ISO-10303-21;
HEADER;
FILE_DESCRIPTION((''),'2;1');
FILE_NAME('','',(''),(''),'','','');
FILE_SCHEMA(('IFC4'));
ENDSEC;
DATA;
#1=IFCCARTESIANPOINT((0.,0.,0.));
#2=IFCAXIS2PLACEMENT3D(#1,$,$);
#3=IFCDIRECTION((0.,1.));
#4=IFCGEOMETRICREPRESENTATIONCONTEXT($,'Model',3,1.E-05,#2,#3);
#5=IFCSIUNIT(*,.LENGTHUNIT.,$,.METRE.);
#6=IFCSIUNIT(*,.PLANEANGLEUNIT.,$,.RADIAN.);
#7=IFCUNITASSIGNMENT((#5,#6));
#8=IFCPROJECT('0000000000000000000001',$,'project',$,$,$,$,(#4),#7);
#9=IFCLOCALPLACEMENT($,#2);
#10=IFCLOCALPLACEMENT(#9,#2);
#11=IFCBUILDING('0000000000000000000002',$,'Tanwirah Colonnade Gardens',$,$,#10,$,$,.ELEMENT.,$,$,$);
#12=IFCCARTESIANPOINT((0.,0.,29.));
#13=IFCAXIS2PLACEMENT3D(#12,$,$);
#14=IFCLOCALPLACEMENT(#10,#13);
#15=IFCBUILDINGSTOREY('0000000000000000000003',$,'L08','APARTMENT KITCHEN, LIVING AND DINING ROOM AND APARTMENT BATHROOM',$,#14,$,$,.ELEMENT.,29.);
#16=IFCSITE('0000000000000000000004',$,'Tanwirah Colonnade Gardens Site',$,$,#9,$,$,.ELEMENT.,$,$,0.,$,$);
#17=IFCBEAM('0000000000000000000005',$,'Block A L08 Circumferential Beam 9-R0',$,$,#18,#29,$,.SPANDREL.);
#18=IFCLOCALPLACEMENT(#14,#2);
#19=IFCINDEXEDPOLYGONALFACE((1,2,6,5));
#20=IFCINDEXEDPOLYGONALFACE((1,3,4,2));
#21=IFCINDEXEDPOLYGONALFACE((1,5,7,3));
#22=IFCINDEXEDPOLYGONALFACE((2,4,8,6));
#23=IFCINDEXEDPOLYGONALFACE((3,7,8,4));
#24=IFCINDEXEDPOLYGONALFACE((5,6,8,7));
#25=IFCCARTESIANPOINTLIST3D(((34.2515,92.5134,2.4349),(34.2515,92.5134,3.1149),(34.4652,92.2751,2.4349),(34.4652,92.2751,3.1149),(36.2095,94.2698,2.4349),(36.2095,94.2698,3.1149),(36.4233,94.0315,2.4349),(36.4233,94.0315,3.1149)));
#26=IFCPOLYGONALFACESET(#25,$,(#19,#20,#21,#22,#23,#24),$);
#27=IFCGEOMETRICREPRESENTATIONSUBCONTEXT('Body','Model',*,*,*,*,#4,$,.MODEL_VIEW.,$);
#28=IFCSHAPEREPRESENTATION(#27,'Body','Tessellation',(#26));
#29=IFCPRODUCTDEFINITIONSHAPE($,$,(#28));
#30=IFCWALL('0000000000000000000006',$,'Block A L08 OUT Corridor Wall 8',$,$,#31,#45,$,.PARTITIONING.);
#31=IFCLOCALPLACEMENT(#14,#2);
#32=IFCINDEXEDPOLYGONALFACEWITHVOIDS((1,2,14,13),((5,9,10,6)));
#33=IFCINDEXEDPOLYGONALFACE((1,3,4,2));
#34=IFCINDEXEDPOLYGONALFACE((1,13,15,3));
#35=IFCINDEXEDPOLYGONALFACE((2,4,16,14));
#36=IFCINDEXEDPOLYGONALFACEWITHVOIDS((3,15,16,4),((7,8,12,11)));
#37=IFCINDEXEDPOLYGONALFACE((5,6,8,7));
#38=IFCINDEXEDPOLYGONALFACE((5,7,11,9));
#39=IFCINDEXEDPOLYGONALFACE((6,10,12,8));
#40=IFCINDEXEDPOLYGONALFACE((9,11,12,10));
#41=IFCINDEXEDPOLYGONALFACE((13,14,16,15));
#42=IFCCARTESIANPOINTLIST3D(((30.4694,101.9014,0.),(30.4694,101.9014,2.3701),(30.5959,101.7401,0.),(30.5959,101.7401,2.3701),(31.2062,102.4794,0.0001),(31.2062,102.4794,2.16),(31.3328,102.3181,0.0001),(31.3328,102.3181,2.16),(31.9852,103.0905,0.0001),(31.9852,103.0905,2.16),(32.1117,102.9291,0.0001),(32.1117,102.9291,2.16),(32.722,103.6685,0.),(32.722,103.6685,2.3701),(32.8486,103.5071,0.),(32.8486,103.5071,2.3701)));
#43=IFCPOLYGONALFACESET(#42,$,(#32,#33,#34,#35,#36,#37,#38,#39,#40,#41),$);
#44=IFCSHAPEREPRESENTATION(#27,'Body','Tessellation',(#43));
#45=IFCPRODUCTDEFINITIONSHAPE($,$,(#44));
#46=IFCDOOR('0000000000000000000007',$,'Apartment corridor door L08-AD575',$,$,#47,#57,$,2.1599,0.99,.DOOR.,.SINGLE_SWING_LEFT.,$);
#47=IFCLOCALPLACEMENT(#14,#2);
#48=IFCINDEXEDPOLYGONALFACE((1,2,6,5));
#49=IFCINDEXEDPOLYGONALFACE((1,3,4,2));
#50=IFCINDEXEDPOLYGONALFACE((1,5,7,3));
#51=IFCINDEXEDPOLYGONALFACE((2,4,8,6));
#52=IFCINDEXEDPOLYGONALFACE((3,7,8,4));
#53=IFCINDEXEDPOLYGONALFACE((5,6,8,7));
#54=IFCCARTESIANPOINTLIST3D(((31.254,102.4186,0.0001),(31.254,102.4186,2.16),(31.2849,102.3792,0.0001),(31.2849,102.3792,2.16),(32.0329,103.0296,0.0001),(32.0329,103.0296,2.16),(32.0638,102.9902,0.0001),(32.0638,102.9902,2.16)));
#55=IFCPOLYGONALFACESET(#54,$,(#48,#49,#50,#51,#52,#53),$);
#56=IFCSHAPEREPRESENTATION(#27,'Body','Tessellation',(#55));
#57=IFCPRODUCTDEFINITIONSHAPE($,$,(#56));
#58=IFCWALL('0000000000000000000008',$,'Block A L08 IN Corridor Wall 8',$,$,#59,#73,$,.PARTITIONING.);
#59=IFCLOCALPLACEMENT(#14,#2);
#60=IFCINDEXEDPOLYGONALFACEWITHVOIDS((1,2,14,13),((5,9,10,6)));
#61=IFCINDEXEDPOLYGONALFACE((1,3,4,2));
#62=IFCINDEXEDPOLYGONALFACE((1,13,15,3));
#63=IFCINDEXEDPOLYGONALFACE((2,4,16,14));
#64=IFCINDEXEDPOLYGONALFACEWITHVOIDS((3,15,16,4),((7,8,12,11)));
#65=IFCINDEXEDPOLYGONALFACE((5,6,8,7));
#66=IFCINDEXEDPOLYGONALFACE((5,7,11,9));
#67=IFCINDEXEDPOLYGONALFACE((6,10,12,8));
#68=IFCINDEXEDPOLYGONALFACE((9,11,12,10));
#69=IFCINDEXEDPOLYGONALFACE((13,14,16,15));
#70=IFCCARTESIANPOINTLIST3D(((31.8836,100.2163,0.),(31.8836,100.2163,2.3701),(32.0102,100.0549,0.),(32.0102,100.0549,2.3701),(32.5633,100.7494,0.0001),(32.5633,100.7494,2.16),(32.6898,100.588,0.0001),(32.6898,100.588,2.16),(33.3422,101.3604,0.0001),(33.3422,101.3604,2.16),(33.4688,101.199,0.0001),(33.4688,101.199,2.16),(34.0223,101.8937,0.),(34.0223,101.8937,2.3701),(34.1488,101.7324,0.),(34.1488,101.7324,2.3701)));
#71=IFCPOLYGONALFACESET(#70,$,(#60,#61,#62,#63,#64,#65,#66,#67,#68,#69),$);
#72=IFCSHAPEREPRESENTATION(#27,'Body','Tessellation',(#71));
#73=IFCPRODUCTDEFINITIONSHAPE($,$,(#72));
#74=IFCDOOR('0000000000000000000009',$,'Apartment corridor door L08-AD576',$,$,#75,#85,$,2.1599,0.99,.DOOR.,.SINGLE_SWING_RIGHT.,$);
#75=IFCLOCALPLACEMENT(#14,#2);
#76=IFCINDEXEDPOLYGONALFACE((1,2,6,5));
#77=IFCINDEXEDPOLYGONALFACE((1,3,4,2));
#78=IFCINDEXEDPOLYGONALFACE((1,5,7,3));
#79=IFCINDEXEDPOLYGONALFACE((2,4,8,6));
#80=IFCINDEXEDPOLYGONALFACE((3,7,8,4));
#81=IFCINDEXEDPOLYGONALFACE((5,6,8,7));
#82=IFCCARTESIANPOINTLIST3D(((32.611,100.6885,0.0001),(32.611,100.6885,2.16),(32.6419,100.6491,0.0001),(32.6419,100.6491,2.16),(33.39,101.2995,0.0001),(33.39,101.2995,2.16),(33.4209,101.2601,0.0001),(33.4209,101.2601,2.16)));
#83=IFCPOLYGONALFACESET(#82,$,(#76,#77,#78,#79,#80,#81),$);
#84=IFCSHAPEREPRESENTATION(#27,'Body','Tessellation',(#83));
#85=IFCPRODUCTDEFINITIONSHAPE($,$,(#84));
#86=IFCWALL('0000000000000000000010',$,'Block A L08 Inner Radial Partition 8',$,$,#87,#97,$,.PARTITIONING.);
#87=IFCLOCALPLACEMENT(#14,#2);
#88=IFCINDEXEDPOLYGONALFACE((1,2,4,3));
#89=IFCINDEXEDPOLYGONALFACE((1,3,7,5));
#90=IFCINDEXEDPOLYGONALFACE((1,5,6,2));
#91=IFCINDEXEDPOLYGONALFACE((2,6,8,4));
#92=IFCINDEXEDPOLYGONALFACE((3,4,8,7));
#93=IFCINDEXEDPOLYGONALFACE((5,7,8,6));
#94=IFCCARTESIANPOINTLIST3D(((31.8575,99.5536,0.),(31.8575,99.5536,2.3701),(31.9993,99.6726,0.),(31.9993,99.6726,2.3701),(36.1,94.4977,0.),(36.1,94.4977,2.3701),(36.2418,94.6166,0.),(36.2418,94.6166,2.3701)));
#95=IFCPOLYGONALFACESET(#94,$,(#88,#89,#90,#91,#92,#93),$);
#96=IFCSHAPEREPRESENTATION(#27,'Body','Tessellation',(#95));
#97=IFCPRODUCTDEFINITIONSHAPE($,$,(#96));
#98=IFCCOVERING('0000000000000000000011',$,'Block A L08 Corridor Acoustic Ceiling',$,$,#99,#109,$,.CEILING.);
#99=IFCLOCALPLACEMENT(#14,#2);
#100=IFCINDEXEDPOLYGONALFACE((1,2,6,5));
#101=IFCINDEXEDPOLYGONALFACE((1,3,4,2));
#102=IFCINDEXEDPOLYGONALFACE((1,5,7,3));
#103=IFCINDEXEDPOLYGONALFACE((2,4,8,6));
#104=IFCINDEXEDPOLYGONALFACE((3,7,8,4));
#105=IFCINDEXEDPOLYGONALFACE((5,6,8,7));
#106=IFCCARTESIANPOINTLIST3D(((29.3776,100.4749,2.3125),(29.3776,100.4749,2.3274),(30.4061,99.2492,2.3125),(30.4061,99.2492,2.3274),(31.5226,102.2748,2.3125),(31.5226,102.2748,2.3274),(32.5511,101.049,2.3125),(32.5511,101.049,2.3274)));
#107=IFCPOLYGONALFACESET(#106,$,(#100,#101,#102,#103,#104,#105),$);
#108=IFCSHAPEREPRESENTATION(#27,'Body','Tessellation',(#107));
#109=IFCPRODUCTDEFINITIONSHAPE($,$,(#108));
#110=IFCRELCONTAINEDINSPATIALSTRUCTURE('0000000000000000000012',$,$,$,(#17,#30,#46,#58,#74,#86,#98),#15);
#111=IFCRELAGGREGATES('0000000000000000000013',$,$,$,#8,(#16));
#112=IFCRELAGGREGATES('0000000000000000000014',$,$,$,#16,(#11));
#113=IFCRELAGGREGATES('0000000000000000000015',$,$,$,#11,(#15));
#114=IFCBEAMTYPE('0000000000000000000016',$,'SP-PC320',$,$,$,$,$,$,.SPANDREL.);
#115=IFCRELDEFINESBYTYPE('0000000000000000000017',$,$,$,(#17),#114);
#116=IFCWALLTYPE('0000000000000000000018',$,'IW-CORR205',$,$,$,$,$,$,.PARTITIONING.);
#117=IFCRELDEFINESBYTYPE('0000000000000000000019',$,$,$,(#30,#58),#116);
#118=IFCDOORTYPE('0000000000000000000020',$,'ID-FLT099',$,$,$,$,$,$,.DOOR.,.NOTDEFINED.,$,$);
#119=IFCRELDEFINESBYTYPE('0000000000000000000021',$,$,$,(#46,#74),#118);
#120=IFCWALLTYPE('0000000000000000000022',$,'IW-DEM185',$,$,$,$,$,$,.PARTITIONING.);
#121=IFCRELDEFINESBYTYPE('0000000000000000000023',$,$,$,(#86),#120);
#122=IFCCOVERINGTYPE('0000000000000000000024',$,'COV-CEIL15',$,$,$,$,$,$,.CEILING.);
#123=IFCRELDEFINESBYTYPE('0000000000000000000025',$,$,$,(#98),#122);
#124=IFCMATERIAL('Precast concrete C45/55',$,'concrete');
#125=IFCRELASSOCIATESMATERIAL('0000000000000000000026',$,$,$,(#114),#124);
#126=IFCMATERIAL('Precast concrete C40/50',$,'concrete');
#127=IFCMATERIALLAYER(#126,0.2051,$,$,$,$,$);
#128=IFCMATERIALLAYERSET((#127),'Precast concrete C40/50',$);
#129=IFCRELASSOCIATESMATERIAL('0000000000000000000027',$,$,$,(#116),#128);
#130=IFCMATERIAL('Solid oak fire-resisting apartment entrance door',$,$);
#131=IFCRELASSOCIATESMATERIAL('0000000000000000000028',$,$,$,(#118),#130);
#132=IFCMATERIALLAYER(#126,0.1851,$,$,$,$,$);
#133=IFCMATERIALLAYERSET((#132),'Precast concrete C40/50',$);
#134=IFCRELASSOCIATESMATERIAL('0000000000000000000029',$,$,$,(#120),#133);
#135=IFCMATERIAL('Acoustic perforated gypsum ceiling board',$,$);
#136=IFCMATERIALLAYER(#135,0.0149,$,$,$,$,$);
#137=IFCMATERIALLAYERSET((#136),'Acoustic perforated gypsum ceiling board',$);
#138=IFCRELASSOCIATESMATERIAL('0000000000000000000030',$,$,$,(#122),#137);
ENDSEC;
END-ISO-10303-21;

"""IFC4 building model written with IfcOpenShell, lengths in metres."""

from ifc_helpers import new_model, si_unit, direction, frame, frame_2d, origin, origin_2d, place, context, subcontext, project, spatial, rectangle, extrude, material, layer, layer_set, material_profile, profile_set, type_object, element, fill, save


model = new_model("IFC4")

# Units and contexts
model_context = context("Model", 3, precision=1e-05, world=origin(), true_north=direction((0.0, 1.0)))
body_context = subcontext(model_context, "Body", "Model", "MODEL_VIEW")
ifc_project = project(units=[si_unit("LENGTHUNIT", "METRE"), si_unit("PLANEANGLEUNIT", "RADIAN")], contexts=[model_context])

# Site, building, storey
site_placement = place(None, origin())
site = spatial("IfcSite", under=ifc_project, at=site_placement, Name="Tanwirah Colonnade Gardens Site", CompositionType="ELEMENT", RefElevation=0.0)
building_placement = place(site_placement, origin())
building = spatial("IfcBuilding", under=site, at=building_placement, Name="Tanwirah Colonnade Gardens", CompositionType="ELEMENT")
storey_placement = place(building_placement, frame((0.0, 0.0, 29.0)))
storey = spatial("IfcBuildingStorey", under=building, at=storey_placement, Name="L08", Description="APARTMENT KITCHEN, LIVING AND DINING ROOM AND APARTMENT BATHROOM", CompositionType="ELEMENT", Elevation=29.0)

# Shared definitions
ifc_material_1 = material(Name="Precast concrete C40/50", Category="concrete")

# Shared definitions
ifc_material_2 = material(Name="Precast concrete C45/55", Category="concrete")

# Beam
ifc_material_profile_1 = material_profile(ifc_material_2, rectangle(XDim=0.3201, YDim=0.6799, at=origin_2d()), Name="PC-SP 320x680")
ifc_profile_set_1 = profile_set([ifc_material_profile_1], Name="Precast concrete C45/55")
beam_type_1 = type_object("IfcBeamType", Name="SP-PC320", PredefinedType="SPANDREL", material=ifc_profile_set_1)
beam_1_placement = place(storey_placement, frame((36.3164, 94.1506, 2.7749), z_axis=(-0.744401, -0.667733, 0.0), x_axis=(0.667733, -0.744401, 0.0)))
element("IfcBeam", 1, at=beam_1_placement, inside=storey, type_object=beam_type_1, Name="Block A L08 Circumferential Beam 9-R0", PredefinedType="SPANDREL", context=body_context, shape_type="SweptSolid", body=[
    extrude(rectangle(XDim=0.3201, YDim=0.6799, at=origin_2d()), origin(), (0.0, 0.0, 1.0), 2.6304),
])

# Walls, openings, doors
ifc_layer_1 = layer(ifc_material_1, 0.2051)
ifc_layer_set_1 = layer_set([ifc_layer_1], Name="Precast concrete C40/50")
wall_type_1 = type_object("IfcWallType", Name="IW-CORR205", PredefinedType="PARTITIONING", material=ifc_layer_set_1)
ifc_material_3 = material(Name="Solid oak fire-resisting apartment entrance door")
wall_1_placement = place(storey_placement, frame((32.7854, 103.5879, 0.0), z_axis=(0.0, 0.0, 1.0), x_axis=(-0.786806, -0.6172, 0.0)))
wall_1 = element("IfcWall", 2, at=wall_1_placement, inside=storey, type_object=wall_type_1, Name="Block A L08 OUT Corridor Wall 8", PredefinedType="PARTITIONING", context=body_context, shape_type="SweptSolid", body=[
    extrude(rectangle(XDim=2.863, YDim=0.2051, at=frame_2d((1.4316, 0.0))), origin(), (0.0, 0.0, 1.0), 2.3701),
])
opening_1_placement = place(wall_1_placement, frame((0.9365, 0.0, 0.0)))
opening_1 = element("IfcOpeningElement", 3, at=opening_1_placement, cuts=wall_1, PredefinedType="OPENING", context=body_context, shape_type="SweptSolid", body=[
    extrude(rectangle(XDim=0.99, YDim=2.1599, at=frame_2d((0.4951, 1.0801))), frame((0.0, 0.1125, 0.0), z_axis=(0.0, -1.0, 0.0), x_axis=(1.0, 0.0, 0.0)), (0.0, 0.0, 1.0), 0.2251),
])
door_type_1 = type_object("IfcDoorType", Name="ID-FLT099", OperationType="NOTDEFINED", PredefinedType="DOOR", material=ifc_material_3)
door_1_placement = place(opening_1_placement, origin())
door_1 = element("IfcDoor", 4, at=door_1_placement, inside=storey, type_object=door_type_1, Name="Apartment corridor door L08-AD575", OperationType="SINGLE_SWING_LEFT", OverallHeight=2.1599, OverallWidth=0.99, PredefinedType="DOOR", context=body_context, shape_type="SweptSolid", body=[
    extrude(rectangle(XDim=0.99, YDim=2.1599, at=frame_2d((0.4951, 1.0801))), frame((0.0, 0.0249, 0.0), z_axis=(0.0, -1.0, 0.0), x_axis=(1.0, 0.0, 0.0)), (0.0, 0.0, 1.0), 0.05),
])
fill(opening_1, door_1)
wall_2_placement = place(storey_placement, frame((34.0854, 101.813, 0.0), z_axis=(0.0, 0.0, 1.0), x_axis=(-0.786835, -0.617163, 0.0)))
wall_2 = element("IfcWall", 5, at=wall_2_placement, inside=storey, type_object=wall_type_1, Name="Block A L08 IN Corridor Wall 8", PredefinedType="PARTITIONING", context=body_context, shape_type="SweptSolid", body=[
    extrude(rectangle(XDim=2.718, YDim=0.2051, at=frame_2d((1.3589, 0.0))), origin(), (0.0, 0.0, 1.0), 2.3701),
])
opening_2_placement = place(wall_2_placement, frame((0.864, 0.0, 0.0)))
opening_2 = element("IfcOpeningElement", 6, at=opening_2_placement, cuts=wall_2, PredefinedType="OPENING", context=body_context, shape_type="SweptSolid", body=[
    extrude(rectangle(XDim=0.99, YDim=2.1599, at=frame_2d((0.4951, 1.0801))), frame((0.0, 0.1125, 0.0), z_axis=(0.0, -1.0, 0.0), x_axis=(1.0, 0.0, 0.0)), (0.0, 0.0, 1.0), 0.2251),
])
door_2_placement = place(opening_2_placement, origin())
door_2 = element("IfcDoor", 7, at=door_2_placement, inside=storey, type_object=door_type_1, Name="Apartment corridor door L08-AD576", OperationType="SINGLE_SWING_RIGHT", OverallHeight=2.1599, OverallWidth=0.99, PredefinedType="DOOR", context=body_context, shape_type="SweptSolid", body=[
    extrude(rectangle(XDim=0.99, YDim=2.1599, at=frame_2d((0.4951, 1.0801))), frame((0.0, 0.0249, 0.0), z_axis=(0.0, -1.0, 0.0), x_axis=(1.0, 0.0, 0.0)), (0.0, 0.0, 1.0), 0.05),
])
fill(opening_2, door_2)

# Wall
ifc_layer_2 = layer(ifc_material_1, 0.1851)
ifc_layer_set_2 = layer_set([ifc_layer_2], Name="Precast concrete C40/50")
wall_type_2 = type_object("IfcWallType", Name="IW-DEM185", PredefinedType="PARTITIONING", material=ifc_layer_set_2)
wall_3_placement = place(storey_placement, frame((36.1709, 94.5571, 0.0), z_axis=(0.0, 0.0, 1.0), x_axis=(-0.642789, 0.766043, 0.0)))
element("IfcWall", 8, at=wall_3_placement, inside=storey, type_object=wall_type_2, Name="Block A L08 Inner Radial Partition 8", PredefinedType="PARTITIONING", context=body_context, shape_type="SweptSolid", body=[
    extrude(rectangle(XDim=6.6001, YDim=0.1851, at=frame_2d((3.3, 0.0))), origin(), (0.0, 0.0, 1.0), 2.3701),
])

# Covering
ifc_material_4 = material(Name="Acoustic perforated gypsum ceiling board")
ifc_layer_3 = layer(ifc_material_4, 0.0149)
ifc_layer_set_3 = layer_set([ifc_layer_3], Name="Acoustic perforated gypsum ceiling board")
covering_type = type_object("IfcCoveringType", Name="COV-CEIL15", PredefinedType="CEILING", material=ifc_layer_set_3)
covering_placement = place(storey_placement, frame((30.9644, 100.762, 2.3125), z_axis=(0.0, 0.0, 1.0), x_axis=(-0.766044, -0.642788, 0.0)))
element("IfcCovering", 9, at=covering_placement, inside=storey, type_object=covering_type, Name="Block A L08 Corridor Acoustic Ceiling", PredefinedType="CEILING", context=body_context, shape_type="SweptSolid", body=[
    extrude(rectangle(XDim=2.8, YDim=1.6001, at=origin_2d()), origin(), (0.0, 0.0, 1.0), 0.0149),
])

save(model, "model.ifc")
